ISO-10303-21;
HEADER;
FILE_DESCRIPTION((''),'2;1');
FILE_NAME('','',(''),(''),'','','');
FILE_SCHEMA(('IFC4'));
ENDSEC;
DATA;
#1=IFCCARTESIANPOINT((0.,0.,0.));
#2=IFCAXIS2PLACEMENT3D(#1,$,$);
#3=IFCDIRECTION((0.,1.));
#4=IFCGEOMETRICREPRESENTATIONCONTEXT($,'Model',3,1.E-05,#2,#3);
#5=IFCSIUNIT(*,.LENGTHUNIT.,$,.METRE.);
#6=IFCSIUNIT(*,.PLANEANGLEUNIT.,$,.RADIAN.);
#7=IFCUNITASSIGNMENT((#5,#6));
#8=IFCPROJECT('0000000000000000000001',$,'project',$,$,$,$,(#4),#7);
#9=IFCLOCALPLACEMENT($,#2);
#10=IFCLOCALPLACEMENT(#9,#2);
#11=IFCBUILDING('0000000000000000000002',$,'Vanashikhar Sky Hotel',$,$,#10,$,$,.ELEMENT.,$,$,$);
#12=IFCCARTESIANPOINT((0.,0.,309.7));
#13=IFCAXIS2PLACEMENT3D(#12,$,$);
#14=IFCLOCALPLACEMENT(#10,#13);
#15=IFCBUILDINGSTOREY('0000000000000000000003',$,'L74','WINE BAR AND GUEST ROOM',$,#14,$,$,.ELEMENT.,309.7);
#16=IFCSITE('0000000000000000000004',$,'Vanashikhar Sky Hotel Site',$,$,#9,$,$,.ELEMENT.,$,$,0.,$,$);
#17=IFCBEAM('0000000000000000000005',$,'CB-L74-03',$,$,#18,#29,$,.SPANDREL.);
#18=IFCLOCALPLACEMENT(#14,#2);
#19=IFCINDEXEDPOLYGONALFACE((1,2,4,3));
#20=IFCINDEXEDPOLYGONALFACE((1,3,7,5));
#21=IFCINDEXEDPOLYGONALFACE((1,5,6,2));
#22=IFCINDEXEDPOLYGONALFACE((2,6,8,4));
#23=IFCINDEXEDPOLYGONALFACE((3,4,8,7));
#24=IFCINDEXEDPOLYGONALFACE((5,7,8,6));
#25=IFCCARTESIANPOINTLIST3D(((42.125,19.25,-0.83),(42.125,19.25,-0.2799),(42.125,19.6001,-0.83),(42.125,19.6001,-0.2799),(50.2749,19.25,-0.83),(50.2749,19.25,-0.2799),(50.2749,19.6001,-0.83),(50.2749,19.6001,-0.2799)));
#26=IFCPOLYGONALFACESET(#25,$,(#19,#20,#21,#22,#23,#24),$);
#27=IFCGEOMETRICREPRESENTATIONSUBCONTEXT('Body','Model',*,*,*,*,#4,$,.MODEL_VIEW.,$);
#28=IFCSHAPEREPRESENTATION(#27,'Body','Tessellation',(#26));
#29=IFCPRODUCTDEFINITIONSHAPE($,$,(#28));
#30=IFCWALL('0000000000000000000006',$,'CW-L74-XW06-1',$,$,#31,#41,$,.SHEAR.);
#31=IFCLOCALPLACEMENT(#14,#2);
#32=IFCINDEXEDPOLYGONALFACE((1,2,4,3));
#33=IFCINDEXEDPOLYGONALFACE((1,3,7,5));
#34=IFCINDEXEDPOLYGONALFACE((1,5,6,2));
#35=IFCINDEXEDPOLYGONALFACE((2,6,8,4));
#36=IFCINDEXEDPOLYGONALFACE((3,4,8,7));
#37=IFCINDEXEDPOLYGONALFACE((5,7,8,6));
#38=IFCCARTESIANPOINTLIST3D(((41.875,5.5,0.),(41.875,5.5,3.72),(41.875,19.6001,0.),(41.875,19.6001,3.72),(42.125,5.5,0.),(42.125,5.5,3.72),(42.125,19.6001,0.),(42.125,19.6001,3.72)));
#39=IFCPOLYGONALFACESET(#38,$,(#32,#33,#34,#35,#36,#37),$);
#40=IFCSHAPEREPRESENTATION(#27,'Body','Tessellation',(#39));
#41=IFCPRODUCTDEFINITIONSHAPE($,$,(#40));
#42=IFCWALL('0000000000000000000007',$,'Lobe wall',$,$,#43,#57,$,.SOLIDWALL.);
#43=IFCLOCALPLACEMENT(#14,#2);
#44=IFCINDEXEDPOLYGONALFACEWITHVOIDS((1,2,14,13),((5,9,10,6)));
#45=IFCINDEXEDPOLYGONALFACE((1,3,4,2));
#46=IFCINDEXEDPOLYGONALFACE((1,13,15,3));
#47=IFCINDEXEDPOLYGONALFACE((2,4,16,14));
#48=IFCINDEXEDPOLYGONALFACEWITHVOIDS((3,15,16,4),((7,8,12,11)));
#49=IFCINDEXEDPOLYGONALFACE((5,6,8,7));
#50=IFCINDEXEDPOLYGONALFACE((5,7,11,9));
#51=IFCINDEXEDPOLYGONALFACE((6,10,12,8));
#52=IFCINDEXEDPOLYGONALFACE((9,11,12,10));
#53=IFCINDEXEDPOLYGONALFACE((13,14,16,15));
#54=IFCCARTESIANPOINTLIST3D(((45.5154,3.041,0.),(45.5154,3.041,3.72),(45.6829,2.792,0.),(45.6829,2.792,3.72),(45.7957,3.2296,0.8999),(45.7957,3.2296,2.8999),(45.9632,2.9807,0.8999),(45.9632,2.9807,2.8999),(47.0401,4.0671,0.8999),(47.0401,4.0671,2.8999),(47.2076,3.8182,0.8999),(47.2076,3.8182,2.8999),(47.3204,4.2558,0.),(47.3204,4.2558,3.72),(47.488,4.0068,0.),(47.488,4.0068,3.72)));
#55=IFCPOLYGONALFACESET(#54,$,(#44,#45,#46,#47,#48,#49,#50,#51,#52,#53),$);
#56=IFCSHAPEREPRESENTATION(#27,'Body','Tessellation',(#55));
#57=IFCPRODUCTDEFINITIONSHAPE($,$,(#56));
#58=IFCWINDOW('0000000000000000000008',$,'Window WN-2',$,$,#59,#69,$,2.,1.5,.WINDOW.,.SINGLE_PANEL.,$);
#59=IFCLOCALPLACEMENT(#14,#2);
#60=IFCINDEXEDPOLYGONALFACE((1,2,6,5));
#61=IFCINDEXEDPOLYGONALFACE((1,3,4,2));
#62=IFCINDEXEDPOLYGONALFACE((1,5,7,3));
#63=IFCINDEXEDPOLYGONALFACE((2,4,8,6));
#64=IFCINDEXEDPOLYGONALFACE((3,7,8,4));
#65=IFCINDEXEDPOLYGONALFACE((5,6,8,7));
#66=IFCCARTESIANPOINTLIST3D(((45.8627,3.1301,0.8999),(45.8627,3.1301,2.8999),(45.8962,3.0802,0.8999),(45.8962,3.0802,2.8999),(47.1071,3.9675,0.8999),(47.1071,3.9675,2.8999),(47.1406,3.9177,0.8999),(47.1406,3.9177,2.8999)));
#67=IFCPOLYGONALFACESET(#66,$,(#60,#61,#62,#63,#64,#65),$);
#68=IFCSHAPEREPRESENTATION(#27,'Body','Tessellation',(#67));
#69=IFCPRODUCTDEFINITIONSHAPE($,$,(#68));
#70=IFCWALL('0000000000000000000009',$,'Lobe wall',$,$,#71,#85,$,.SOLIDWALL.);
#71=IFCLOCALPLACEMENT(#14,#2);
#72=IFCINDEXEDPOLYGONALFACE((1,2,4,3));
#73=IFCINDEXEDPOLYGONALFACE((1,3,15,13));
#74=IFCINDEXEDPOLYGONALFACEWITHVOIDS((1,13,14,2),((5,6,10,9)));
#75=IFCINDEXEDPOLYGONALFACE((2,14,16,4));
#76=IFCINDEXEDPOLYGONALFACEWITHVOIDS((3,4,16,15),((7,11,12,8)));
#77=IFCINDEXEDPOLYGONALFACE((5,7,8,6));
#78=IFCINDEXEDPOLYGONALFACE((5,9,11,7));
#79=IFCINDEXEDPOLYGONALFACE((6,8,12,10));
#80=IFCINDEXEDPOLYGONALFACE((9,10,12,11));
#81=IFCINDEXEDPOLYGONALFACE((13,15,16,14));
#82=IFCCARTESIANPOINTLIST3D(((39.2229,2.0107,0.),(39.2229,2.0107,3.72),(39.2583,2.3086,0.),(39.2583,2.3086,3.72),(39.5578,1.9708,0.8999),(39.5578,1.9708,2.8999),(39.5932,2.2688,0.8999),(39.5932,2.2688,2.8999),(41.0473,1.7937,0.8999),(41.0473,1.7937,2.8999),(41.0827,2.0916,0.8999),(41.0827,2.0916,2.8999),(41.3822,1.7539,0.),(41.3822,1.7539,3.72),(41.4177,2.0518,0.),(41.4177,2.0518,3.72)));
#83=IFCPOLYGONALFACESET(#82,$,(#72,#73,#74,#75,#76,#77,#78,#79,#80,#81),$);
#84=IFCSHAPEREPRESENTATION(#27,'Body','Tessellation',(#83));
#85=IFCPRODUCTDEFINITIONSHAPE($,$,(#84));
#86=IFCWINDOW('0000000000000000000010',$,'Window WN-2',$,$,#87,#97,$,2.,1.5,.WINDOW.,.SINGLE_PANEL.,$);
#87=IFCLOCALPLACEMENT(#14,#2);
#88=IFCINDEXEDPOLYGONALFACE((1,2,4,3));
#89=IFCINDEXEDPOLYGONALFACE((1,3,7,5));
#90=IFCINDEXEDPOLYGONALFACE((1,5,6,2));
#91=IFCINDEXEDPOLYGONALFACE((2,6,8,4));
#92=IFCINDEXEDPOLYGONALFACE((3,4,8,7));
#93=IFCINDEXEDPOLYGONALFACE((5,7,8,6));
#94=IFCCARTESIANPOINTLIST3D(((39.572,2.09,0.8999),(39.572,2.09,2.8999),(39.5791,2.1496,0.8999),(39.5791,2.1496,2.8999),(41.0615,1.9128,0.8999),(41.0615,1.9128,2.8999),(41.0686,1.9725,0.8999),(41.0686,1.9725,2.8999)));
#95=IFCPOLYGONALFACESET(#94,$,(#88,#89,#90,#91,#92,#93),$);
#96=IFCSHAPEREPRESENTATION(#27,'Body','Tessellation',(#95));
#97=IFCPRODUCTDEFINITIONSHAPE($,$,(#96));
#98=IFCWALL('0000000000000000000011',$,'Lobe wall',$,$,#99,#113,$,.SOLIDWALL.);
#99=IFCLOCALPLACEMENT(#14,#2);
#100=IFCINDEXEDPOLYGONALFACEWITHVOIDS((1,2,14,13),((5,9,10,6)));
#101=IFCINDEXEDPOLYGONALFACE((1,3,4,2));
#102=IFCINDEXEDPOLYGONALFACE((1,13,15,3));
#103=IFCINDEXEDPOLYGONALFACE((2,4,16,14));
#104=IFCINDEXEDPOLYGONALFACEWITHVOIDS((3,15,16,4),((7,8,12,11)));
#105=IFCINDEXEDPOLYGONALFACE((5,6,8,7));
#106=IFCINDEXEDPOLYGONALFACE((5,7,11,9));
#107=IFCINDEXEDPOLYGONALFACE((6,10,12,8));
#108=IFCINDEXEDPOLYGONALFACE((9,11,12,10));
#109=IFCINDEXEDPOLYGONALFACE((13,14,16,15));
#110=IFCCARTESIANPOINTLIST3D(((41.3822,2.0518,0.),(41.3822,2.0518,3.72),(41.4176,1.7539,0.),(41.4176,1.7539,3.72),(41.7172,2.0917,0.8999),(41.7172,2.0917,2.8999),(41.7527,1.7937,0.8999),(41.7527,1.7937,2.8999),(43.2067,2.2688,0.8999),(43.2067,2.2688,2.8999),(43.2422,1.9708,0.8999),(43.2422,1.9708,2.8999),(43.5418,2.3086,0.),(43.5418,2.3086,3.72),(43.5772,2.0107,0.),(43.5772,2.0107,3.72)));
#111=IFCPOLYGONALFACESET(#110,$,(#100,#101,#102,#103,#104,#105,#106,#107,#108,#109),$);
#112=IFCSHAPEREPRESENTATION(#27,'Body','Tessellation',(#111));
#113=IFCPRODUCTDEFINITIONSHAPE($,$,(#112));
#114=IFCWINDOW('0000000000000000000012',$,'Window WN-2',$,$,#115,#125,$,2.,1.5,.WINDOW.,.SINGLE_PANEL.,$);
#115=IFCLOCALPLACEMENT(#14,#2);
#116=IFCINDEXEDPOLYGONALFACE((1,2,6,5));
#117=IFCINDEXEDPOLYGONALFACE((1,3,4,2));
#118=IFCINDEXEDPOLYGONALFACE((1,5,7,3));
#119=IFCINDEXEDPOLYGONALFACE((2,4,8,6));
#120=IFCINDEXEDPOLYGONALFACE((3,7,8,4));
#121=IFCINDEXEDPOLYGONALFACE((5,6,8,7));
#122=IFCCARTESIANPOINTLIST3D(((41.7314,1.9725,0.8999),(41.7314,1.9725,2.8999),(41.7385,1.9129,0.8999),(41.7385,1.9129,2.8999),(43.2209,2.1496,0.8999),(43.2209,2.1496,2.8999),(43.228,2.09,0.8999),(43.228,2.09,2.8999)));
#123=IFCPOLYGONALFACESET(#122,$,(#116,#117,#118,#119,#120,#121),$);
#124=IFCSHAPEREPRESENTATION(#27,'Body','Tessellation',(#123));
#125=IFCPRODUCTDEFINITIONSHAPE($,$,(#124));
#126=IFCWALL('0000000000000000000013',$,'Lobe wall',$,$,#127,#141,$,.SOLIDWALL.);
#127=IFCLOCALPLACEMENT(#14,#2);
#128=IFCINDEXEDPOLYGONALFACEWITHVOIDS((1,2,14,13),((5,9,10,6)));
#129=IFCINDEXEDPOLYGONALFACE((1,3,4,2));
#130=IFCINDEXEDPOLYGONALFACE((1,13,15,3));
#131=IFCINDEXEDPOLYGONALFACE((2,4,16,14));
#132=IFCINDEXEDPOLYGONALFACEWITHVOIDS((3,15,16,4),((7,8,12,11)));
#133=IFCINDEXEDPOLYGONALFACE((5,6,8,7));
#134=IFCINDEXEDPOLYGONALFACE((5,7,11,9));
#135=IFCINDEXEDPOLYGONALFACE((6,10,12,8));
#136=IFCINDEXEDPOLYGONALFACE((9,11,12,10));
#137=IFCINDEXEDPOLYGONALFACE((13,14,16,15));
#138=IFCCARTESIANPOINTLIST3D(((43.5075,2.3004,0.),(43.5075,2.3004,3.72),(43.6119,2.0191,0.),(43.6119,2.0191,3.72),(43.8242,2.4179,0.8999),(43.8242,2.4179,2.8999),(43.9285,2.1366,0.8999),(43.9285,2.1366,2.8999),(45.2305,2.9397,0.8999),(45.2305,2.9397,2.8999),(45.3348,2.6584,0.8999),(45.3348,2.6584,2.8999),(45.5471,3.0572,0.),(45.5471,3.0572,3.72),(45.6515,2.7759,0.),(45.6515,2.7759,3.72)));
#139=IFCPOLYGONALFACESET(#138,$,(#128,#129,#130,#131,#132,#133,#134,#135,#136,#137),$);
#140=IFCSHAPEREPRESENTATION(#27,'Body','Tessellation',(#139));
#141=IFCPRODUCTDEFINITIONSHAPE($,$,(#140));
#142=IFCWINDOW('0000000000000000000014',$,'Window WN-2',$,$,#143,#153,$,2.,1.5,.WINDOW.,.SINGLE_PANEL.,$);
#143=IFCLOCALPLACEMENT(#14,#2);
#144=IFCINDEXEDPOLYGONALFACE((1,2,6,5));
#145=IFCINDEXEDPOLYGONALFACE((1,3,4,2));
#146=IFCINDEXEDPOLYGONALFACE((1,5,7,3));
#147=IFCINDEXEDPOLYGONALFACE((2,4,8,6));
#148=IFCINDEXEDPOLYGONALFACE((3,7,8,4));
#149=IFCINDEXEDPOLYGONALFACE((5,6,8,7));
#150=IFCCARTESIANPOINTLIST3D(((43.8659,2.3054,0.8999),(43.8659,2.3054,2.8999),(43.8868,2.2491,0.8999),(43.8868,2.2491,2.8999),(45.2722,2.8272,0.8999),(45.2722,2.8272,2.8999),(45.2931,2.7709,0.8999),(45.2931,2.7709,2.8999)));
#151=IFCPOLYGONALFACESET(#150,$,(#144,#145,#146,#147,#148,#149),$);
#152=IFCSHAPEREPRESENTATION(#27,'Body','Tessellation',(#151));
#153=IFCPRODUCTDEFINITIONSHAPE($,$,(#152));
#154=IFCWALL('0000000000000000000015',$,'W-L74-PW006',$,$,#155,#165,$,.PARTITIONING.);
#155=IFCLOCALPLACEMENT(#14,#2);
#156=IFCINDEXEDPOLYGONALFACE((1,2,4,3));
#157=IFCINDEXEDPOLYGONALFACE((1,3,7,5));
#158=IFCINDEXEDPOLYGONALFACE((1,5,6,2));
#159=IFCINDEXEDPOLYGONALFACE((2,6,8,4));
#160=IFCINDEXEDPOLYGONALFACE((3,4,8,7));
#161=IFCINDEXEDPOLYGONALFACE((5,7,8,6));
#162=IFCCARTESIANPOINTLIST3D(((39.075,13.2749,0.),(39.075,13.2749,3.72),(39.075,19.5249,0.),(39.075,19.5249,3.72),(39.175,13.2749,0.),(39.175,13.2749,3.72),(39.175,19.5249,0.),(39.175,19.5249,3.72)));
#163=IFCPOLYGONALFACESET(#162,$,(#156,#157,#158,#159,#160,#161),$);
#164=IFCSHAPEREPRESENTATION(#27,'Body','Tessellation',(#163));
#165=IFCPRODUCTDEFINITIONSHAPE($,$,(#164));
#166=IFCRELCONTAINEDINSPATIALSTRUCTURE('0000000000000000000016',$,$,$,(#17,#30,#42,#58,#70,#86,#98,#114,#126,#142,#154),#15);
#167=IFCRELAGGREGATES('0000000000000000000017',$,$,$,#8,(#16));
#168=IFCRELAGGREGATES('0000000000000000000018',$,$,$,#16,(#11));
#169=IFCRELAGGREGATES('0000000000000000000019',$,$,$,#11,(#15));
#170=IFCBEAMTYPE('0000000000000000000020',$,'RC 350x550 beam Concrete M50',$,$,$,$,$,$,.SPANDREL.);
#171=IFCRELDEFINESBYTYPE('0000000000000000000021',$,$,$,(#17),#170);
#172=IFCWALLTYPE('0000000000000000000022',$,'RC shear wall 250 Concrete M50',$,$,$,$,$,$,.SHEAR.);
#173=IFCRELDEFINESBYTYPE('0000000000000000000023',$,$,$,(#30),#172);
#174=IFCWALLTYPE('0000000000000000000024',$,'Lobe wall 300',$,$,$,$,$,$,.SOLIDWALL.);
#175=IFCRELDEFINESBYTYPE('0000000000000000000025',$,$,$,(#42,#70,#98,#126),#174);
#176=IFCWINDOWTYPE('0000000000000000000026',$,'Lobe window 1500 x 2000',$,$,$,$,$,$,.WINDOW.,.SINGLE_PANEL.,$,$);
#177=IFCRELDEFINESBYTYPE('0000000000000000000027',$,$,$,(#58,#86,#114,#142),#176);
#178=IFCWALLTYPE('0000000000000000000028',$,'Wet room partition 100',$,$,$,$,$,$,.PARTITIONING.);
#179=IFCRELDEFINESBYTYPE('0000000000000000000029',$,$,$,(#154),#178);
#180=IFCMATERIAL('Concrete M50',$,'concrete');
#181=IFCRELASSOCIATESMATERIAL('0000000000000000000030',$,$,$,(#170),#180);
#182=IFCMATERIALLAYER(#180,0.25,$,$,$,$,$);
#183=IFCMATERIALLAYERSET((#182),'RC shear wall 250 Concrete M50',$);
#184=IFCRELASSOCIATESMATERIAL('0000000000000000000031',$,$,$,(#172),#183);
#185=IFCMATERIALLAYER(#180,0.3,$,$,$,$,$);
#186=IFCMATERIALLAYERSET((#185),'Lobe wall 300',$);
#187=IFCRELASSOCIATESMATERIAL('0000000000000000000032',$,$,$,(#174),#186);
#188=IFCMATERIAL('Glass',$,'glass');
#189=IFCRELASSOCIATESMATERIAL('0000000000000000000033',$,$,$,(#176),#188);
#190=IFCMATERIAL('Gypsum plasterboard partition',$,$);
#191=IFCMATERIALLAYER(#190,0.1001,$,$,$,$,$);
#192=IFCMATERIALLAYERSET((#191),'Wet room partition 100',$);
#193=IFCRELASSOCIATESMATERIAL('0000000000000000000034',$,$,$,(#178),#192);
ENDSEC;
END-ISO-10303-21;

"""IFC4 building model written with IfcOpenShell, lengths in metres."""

from ifc_helpers import new_model, si_unit, direction, frame, frame_2d, origin, origin_2d, place, context, subcontext, project, spatial, rectangle, extrude, source, transform, mapped, material, layer, layer_set, material_profile, profile_set, type_object, element, fill, save


model = new_model("IFC4")

# Units and contexts
model_context = context("Model", 3, precision=1e-05, world=origin(), true_north=direction((0.0, 1.0)))
body_context = subcontext(model_context, "Body", "Model", "MODEL_VIEW")
ifc_project = project(units=[si_unit("LENGTHUNIT", "METRE"), si_unit("PLANEANGLEUNIT", "RADIAN")], contexts=[model_context])

# Site, building, storey
site_placement = place(None, origin())
site = spatial("IfcSite", under=ifc_project, at=site_placement, Name="Vanashikhar Sky Hotel Site", CompositionType="ELEMENT", RefElevation=0.0)
building_placement = place(site_placement, origin())
building = spatial("IfcBuilding", under=site, at=building_placement, Name="Vanashikhar Sky Hotel", CompositionType="ELEMENT")
storey_placement = place(building_placement, frame((0.0, 0.0, 309.7)))
storey = spatial("IfcBuildingStorey", under=building, at=storey_placement, Name="L74", Description="WINE BAR AND GUEST ROOM", CompositionType="ELEMENT", Elevation=309.7)

# Beam
ifc_material_1 = material(Name="Concrete M50", Category="concrete")
ifc_material_profile_1 = material_profile(ifc_material_1, rectangle(XDim=0.3501, YDim=0.55, at=origin_2d()))
ifc_profile_set_1 = profile_set([ifc_material_profile_1], Name="RC 350x550 beam Concrete M50")
beam_type = type_object("IfcBeamType", Name="RC 350x550 beam Concrete M50", PredefinedType="SPANDREL", material=ifc_profile_set_1)
shared_shape_1 = source(origin(), body_context, "Body", "SweptSolid", [
    extrude(rectangle(XDim=0.3501, YDim=0.55, at=origin_2d()), origin(), (0.0, 0.0, 1.0), 8.1499),
])
beam_placement = place(storey_placement, frame((42.125, 19.425, -0.5549), z_axis=(1.0, 0.0, 0.0), x_axis=(0.0, 1.0, 0.0)))
element("IfcBeam", 1, at=beam_placement, inside=storey, type_object=beam_type, Name="CB-L74-03", PredefinedType="SPANDREL", context=body_context, shape_type="MappedRepresentation", body=[
    mapped(shared_shape_1, transform((0.0, 0.0, 0.0), scale=1.0)),
])

# Wall
ifc_layer_1 = layer(ifc_material_1, 0.25)
ifc_layer_set_1 = layer_set([ifc_layer_1], Name="RC shear wall 250 Concrete M50")
wall_type_1 = type_object("IfcWallType", Name="RC shear wall 250 Concrete M50", PredefinedType="SHEAR", material=ifc_layer_set_1)
shared_shape_2 = source(origin(), body_context, "Body", "SweptSolid", [
    extrude(rectangle(XDim=14.1001, YDim=0.25, at=frame_2d((7.05, 0.0))), origin(), (0.0, 0.0, 1.0), 3.72),
])
wall_1_placement = place(storey_placement, frame((42.0, 5.5, 0.0), z_axis=(0.0, 0.0, 1.0), x_axis=(0.0, 1.0, 0.0)))
element("IfcWall", 2, at=wall_1_placement, inside=storey, type_object=wall_type_1, Name="CW-L74-XW06-1", PredefinedType="SHEAR", context=body_context, shape_type="MappedRepresentation", body=[
    mapped(shared_shape_2, transform((0.0, 0.0, 0.0), scale=1.0)),
])

# Walls, openings, windows
ifc_layer_2 = layer(ifc_material_1, 0.3)
ifc_layer_set_2 = layer_set([ifc_layer_2], Name="Lobe wall 300")
wall_type_2 = type_object("IfcWallType", Name="Lobe wall 300", PredefinedType="SOLIDWALL", material=ifc_layer_set_2)
shared_shape_3 = source(origin(), body_context, "Body", "SweptSolid", [
    extrude(rectangle(XDim=2.1758, YDim=0.3, at=frame_2d((1.0879, 0.0))), origin(), (0.0, 0.0, 1.0), 3.72),
])
wall_2_placement = place(storey_placement, frame((45.5991, 2.9165, 0.0), z_axis=(0.0, 0.0, 1.0), x_axis=(0.829626, 0.55832, 0.0)))
wall_2 = element("IfcWall", 3, at=wall_2_placement, inside=storey, type_object=wall_type_2, Name="Lobe wall", PredefinedType="SOLIDWALL", context=body_context, shape_type="MappedRepresentation", body=[
    mapped(shared_shape_3, transform((0.0, 0.0, 0.0), scale=1.0)),
])
shared_shape_4 = source(origin(), body_context, "Body", "SweptSolid", [
    extrude(rectangle(XDim=1.5, YDim=2.0, at=frame_2d((0.75, 1.0))), frame((0.0, 0.1602, 0.0), z_axis=(0.0, -1.0, 0.0), x_axis=(1.0, 0.0, 0.0)), (0.0, 0.0, 1.0), 0.3201),
])
opening_1_placement = place(wall_2_placement, frame((0.3379, 0.0, 0.8999)))
opening_1 = element("IfcOpeningElement", 4, at=opening_1_placement, cuts=wall_2, PredefinedType="OPENING", context=body_context, shape_type="MappedRepresentation", body=[
    mapped(shared_shape_4, transform((0.0, 0.0, 0.0), scale=1.0)),
])
ifc_material_2 = material(Name="Glass", Category="glass")
window_type = type_object("IfcWindowType", Name="Lobe window 1500 x 2000", PartitioningType="SINGLE_PANEL", PredefinedType="WINDOW", material=ifc_material_2)
shared_shape_5 = source(origin(), body_context, "Body", "SweptSolid", [
    extrude(rectangle(XDim=1.5, YDim=2.0, at=frame_2d((0.75, 1.0))), frame((0.0, 0.03, 0.0), z_axis=(0.0, -1.0, 0.0), x_axis=(1.0, 0.0, 0.0)), (0.0, 0.0, 1.0), 0.0601),
])
window_1_placement = place(opening_1_placement, origin())
window_1 = element("IfcWindow", 5, at=window_1_placement, inside=storey, type_object=window_type, Name="Window WN-2", OverallHeight=2.0, OverallWidth=1.5, PartitioningType="SINGLE_PANEL", PredefinedType="WINDOW", context=body_context, shape_type="MappedRepresentation", body=[
    mapped(shared_shape_5, transform((0.0, 0.0, 0.0), scale=1.0)),
])
fill(opening_1, window_1)
shared_shape_6 = source(origin(), body_context, "Body", "SweptSolid", [
    extrude(rectangle(XDim=2.1746, YDim=0.3, at=frame_2d((1.0874, 0.0))), origin(), (0.0, 0.0, 1.0), 3.72),
])
wall_3_placement = place(storey_placement, frame((39.2405, 2.1597, 0.0), z_axis=(0.0, 0.0, 1.0), x_axis=(0.993001, -0.118105, 0.0)))
wall_3 = element("IfcWall", 6, at=wall_3_placement, inside=storey, type_object=wall_type_2, Name="Lobe wall", PredefinedType="SOLIDWALL", context=body_context, shape_type="MappedRepresentation", body=[
    mapped(shared_shape_6, transform((0.0, 0.0, 0.0), scale=1.0)),
])
opening_2_placement = place(wall_3_placement, frame((0.3374, 0.0, 0.8999)))
opening_2 = element("IfcOpeningElement", 7, at=opening_2_placement, cuts=wall_3, PredefinedType="OPENING", context=body_context, shape_type="MappedRepresentation", body=[
    mapped(shared_shape_4, transform((0.0, 0.0, 0.0), scale=1.0)),
])
window_2_placement = place(opening_2_placement, origin())
window_2 = element("IfcWindow", 8, at=window_2_placement, inside=storey, type_object=window_type, Name="Window WN-2", OverallHeight=2.0, OverallWidth=1.5, PartitioningType="SINGLE_PANEL", PredefinedType="WINDOW", context=body_context, shape_type="MappedRepresentation", body=[
    mapped(shared_shape_5, transform((0.0, 0.0, 0.0), scale=1.0)),
])
fill(opening_2, window_2)
shared_shape_7 = source(origin(), body_context, "Body", "SweptSolid", [
    extrude(rectangle(XDim=2.1748, YDim=0.3, at=frame_2d((1.0874, 0.0))), origin(), (0.0, 0.0, 1.0), 3.72),
])
wall_4_placement = place(storey_placement, frame((41.3999, 1.9028, 0.0), z_axis=(0.0, 0.0, 1.0), x_axis=(0.993003, 0.118092, 0.0)))
wall_4 = element("IfcWall", 9, at=wall_4_placement, inside=storey, type_object=wall_type_2, Name="Lobe wall", PredefinedType="SOLIDWALL", context=body_context, shape_type="MappedRepresentation", body=[
    mapped(shared_shape_7, transform((0.0, 0.0, 0.0), scale=1.0)),
])
opening_3_placement = place(wall_4_placement, frame((0.3374, 0.0, 0.8999)))
opening_3 = element("IfcOpeningElement", 10, at=opening_3_placement, cuts=wall_4, PredefinedType="OPENING", context=body_context, shape_type="MappedRepresentation", body=[
    mapped(shared_shape_4, transform((0.0, 0.0, 0.0), scale=1.0)),
])
window_3_placement = place(opening_3_placement, origin())
window_3 = element("IfcWindow", 11, at=window_3_placement, inside=storey, type_object=window_type, Name="Window WN-2", OverallHeight=2.0, OverallWidth=1.5, PartitioningType="SINGLE_PANEL", PredefinedType="WINDOW", context=body_context, shape_type="MappedRepresentation", body=[
    mapped(shared_shape_5, transform((0.0, 0.0, 0.0), scale=1.0)),
])
fill(opening_3, window_3)
shared_shape_8 = source(origin(), body_context, "Body", "SweptSolid", [
    extrude(rectangle(XDim=2.1755, YDim=0.3, at=frame_2d((1.0879, 0.0))), origin(), (0.0, 0.0, 1.0), 3.72),
])
wall_5_placement = place(storey_placement, frame((43.5596, 2.1597, 0.0), z_axis=(0.0, 0.0, 1.0), x_axis=(0.937532, 0.347899, 0.0)))
wall_5 = element("IfcWall", 12, at=wall_5_placement, inside=storey, type_object=wall_type_2, Name="Lobe wall", PredefinedType="SOLIDWALL", context=body_context, shape_type="MappedRepresentation", body=[
    mapped(shared_shape_8, transform((0.0, 0.0, 0.0), scale=1.0)),
])
opening_4_placement = place(wall_5_placement, frame((0.3379, 0.0, 0.8999)))
opening_4 = element("IfcOpeningElement", 13, at=opening_4_placement, cuts=wall_5, PredefinedType="OPENING", context=body_context, shape_type="MappedRepresentation", body=[
    mapped(shared_shape_4, transform((0.0, 0.0, 0.0), scale=1.0)),
])
window_4_placement = place(opening_4_placement, origin())
window_4 = element("IfcWindow", 14, at=window_4_placement, inside=storey, type_object=window_type, Name="Window WN-2", OverallHeight=2.0, OverallWidth=1.5, PartitioningType="SINGLE_PANEL", PredefinedType="WINDOW", context=body_context, shape_type="MappedRepresentation", body=[
    mapped(shared_shape_5, transform((0.0, 0.0, 0.0), scale=1.0)),
])
fill(opening_4, window_4)

# Wall
ifc_material_3 = material(Name="Gypsum plasterboard partition")
ifc_layer_3 = layer(ifc_material_3, 0.1001)
ifc_layer_set_3 = layer_set([ifc_layer_3], Name="Wet room partition 100")
wall_type_3 = type_object("IfcWallType", Name="Wet room partition 100", PredefinedType="PARTITIONING", material=ifc_layer_set_3)
shared_shape_9 = source(origin(), body_context, "Body", "SweptSolid", [
    extrude(rectangle(XDim=6.25, YDim=0.1001, at=frame_2d((3.125, 0.0))), origin(), (0.0, 0.0, 1.0), 3.72),
])
for number, where, z_axis, x_axis, name in (
    (15, (39.125, 13.2749, 0.0), (0.0, 0.0, 1.0), (0.0, 1.0, 0.0), "W-L74-PW006"),
):
    element("IfcWall", number, at=place(storey_placement, frame(where, z_axis=z_axis, x_axis=x_axis)), inside=storey, type_object=wall_type_3, Name=name, PredefinedType="PARTITIONING", context=body_context, shape_type="MappedRepresentation", body=[
        mapped(shared_shape_9, transform((0.0, 0.0, 0.0), scale=1.0)),
    ])

save(model, "model.ifc")
